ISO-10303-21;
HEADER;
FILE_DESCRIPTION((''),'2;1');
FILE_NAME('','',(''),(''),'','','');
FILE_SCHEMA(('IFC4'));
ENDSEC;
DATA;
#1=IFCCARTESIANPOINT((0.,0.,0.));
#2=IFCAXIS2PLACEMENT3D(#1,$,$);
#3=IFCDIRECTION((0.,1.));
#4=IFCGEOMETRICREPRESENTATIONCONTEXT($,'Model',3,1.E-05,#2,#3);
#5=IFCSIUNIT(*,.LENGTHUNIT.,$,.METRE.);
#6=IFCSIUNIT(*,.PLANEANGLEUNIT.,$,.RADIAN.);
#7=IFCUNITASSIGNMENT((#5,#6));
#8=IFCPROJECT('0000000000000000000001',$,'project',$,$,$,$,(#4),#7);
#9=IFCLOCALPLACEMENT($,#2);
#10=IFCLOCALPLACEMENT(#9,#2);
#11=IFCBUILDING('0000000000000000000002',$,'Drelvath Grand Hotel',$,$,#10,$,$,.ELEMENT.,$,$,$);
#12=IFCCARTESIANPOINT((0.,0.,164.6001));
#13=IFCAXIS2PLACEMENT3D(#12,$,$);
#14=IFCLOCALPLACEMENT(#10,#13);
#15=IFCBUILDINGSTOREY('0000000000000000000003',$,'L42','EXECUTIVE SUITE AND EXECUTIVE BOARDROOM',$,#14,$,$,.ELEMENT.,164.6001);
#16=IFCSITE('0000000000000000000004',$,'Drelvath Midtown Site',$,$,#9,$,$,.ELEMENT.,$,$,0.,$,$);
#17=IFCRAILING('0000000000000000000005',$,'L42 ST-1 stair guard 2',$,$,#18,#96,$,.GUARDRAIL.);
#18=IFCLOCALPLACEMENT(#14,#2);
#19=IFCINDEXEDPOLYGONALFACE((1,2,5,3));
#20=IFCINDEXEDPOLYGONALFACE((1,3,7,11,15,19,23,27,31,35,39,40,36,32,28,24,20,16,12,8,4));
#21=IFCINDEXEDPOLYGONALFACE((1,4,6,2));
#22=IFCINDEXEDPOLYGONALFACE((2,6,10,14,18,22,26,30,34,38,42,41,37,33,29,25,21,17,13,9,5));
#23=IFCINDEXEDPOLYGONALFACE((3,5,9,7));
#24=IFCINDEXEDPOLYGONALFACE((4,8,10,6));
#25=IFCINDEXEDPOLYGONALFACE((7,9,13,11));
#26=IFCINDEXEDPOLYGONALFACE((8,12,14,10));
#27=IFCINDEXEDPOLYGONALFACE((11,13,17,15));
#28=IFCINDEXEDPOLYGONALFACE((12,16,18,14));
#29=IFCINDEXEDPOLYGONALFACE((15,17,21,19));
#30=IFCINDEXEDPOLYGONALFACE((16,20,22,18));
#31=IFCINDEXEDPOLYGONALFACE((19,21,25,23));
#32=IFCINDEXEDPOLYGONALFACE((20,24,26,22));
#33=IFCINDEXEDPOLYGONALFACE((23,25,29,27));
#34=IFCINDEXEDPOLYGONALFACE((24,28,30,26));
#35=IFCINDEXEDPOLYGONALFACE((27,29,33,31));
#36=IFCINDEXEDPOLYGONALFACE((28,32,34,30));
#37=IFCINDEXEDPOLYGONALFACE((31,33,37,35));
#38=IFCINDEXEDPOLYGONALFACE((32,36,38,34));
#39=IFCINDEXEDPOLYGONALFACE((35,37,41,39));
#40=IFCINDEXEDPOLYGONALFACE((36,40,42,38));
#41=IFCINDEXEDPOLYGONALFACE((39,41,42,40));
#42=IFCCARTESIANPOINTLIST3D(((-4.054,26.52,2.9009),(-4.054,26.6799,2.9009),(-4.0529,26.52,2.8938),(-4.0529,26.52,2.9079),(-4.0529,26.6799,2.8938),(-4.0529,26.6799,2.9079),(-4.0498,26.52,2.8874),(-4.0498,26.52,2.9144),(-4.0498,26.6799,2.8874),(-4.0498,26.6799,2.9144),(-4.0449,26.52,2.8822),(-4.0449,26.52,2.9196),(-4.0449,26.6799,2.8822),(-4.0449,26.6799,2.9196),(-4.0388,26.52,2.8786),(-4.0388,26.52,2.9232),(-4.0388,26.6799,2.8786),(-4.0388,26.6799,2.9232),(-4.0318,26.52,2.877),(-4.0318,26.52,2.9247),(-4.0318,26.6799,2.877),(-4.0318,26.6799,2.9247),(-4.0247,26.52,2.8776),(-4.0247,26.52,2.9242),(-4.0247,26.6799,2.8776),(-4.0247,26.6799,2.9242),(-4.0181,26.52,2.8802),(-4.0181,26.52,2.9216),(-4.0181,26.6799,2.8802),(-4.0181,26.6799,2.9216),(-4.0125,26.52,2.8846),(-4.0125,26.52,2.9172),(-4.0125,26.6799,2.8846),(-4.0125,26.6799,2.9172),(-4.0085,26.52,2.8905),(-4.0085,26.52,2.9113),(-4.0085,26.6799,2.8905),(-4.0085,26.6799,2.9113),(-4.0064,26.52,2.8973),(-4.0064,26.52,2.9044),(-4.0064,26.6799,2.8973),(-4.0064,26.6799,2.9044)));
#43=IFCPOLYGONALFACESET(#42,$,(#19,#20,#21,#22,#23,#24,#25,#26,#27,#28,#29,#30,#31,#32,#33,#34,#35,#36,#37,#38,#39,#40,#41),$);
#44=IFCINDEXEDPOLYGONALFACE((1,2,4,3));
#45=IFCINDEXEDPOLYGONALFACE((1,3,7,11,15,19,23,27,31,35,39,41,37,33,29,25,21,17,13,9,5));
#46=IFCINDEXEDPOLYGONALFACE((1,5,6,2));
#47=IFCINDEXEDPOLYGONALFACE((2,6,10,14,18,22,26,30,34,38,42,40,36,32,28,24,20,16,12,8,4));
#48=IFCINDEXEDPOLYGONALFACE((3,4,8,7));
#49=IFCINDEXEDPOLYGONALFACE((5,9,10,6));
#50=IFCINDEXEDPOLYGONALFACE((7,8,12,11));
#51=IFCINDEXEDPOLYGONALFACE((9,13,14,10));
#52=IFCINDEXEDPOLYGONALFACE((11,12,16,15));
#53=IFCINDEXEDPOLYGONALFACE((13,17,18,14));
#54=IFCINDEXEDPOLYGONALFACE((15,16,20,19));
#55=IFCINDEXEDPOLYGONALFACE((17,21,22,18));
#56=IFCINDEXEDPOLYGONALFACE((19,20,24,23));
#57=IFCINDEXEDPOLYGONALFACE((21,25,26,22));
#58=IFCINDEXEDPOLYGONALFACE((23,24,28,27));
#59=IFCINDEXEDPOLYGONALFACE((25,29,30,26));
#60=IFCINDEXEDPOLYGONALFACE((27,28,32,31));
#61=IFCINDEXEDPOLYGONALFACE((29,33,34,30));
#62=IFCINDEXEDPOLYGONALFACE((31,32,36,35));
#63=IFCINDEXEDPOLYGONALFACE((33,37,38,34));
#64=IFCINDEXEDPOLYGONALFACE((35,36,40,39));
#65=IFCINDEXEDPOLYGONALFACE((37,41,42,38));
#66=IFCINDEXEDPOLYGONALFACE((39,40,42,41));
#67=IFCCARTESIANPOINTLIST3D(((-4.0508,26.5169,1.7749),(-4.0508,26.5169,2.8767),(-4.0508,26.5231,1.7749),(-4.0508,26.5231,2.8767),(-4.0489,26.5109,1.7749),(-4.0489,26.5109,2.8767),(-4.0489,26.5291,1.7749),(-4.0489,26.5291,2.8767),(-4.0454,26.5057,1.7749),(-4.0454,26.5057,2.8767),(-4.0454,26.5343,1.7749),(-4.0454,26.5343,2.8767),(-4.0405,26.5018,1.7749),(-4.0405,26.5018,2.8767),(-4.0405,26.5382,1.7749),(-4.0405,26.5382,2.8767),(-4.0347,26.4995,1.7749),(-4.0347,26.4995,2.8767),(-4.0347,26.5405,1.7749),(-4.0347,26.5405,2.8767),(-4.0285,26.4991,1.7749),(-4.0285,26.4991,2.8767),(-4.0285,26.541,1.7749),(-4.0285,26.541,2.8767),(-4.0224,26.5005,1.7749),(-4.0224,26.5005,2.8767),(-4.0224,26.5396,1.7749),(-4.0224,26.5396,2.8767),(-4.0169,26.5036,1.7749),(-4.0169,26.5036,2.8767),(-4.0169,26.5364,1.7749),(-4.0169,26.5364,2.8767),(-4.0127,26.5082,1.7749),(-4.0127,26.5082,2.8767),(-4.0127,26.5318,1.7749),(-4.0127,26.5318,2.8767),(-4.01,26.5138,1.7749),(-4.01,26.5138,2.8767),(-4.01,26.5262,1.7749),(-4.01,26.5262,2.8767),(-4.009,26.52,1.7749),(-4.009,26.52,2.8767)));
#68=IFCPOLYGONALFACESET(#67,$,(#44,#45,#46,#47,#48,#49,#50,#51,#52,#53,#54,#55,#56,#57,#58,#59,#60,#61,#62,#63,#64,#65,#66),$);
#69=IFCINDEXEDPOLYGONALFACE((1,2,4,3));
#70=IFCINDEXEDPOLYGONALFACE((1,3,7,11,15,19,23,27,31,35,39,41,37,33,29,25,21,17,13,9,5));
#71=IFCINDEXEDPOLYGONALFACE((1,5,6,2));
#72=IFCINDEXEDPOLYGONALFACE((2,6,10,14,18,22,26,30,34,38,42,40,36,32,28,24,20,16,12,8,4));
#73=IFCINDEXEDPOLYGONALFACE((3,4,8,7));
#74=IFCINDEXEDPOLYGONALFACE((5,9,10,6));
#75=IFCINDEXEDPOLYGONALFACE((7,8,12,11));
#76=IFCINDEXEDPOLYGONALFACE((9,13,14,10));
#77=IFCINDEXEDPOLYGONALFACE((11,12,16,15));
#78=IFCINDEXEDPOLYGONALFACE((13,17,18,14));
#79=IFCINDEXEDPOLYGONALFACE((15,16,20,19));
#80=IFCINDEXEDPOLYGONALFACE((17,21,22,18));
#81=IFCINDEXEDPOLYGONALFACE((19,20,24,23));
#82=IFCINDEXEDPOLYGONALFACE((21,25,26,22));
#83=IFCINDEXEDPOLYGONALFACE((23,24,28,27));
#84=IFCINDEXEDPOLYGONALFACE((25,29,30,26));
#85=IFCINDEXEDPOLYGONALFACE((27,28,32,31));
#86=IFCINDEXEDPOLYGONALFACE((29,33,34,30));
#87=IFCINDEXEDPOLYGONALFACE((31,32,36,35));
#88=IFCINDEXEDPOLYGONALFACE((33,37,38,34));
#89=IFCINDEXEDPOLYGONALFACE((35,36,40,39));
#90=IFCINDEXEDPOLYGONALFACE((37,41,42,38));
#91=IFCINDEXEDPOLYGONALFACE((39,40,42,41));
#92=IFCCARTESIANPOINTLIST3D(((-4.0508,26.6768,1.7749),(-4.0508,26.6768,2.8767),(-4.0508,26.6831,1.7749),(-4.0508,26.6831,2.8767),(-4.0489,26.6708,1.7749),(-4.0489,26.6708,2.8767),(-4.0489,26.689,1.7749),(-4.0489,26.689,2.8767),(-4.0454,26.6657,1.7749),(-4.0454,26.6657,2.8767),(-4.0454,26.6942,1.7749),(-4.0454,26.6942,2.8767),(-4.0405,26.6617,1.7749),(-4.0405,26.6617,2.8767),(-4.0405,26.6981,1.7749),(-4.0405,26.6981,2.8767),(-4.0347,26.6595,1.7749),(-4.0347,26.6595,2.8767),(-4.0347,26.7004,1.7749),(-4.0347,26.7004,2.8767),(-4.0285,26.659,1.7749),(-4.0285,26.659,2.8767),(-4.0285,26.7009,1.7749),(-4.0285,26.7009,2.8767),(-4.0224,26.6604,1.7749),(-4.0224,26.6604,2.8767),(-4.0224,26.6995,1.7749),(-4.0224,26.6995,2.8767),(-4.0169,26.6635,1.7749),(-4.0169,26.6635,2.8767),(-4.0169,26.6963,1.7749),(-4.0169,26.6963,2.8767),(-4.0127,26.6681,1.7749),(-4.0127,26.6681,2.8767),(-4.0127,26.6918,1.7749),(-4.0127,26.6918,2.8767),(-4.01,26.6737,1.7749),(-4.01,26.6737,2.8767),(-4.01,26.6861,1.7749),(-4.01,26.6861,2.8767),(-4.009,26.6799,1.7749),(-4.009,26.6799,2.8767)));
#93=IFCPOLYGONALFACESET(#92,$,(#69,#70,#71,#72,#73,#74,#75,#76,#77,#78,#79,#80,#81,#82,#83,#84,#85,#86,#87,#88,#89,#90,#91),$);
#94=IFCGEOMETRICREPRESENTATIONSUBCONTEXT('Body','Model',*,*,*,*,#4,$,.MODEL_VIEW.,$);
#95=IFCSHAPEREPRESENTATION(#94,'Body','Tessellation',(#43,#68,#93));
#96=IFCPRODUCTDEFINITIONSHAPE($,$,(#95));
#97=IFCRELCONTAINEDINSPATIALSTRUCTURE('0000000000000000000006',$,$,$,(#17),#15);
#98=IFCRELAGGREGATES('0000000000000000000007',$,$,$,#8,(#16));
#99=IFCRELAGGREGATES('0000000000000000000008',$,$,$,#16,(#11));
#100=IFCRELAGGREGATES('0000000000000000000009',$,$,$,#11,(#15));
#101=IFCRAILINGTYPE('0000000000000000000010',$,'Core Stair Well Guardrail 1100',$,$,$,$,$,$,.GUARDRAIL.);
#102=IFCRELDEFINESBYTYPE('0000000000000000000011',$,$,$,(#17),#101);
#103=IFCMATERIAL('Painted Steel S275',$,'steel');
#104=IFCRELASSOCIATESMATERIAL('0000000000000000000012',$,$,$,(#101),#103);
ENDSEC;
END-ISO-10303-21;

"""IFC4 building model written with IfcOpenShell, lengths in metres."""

from ifc_helpers import new_model, si_unit, direction, frame, origin, origin_2d, place, context, subcontext, project, spatial, circle, extrude, material, type_object, element, save


model = new_model("IFC4")

# Units and contexts
model_context = context("Model", 3, precision=1e-05, world=origin(), true_north=direction((0.0, 1.0)))
body_context = subcontext(model_context, "Body", "Model", "MODEL_VIEW")
ifc_project = project(units=[si_unit("LENGTHUNIT", "METRE"), si_unit("PLANEANGLEUNIT", "RADIAN")], contexts=[model_context])

# Site, building, storey
site_placement = place(None, origin())
site = spatial("IfcSite", under=ifc_project, at=site_placement, Name="Drelvath Midtown Site", CompositionType="ELEMENT", RefElevation=0.0)
building_placement = place(site_placement, origin())
building = spatial("IfcBuilding", under=site, at=building_placement, Name="Drelvath Grand Hotel", CompositionType="ELEMENT")
storey_placement = place(building_placement, frame((0.0, 0.0, 164.6001)))
storey = spatial("IfcBuildingStorey", under=building, at=storey_placement, Name="L42", Description="EXECUTIVE SUITE AND EXECUTIVE BOARDROOM", CompositionType="ELEMENT", Elevation=164.6001)

# Railing
ifc_material_1 = material(Name="Painted Steel S275", Category="steel")
railing_type_1 = type_object("IfcRailingType", Name="Core Stair Well Guardrail 1100", PredefinedType="GUARDRAIL", material=ifc_material_1)
railing_1_placement = place(storey_placement, frame((-4.03, 26.52, 1.7749)))
element("IfcRailing", 1, at=railing_1_placement, inside=storey, type_object=railing_type_1, Name="L42 ST-1 stair guard 2", PredefinedType="GUARDRAIL", context=body_context, shape_type="SweptSolid", body=[
    extrude(circle(Radius=0.0239, at=origin_2d()), frame((0.0, 0.0, 1.126), z_axis=(0.0, 1.0, 0.0), x_axis=(-1.0, 0.0, 0.0)), (0.0, 0.0, 1.0), 0.1599),
    extrude(circle(Radius=0.021, at=origin_2d()), origin(), (0.0, 0.0, 1.0), 1.1018),
    extrude(circle(Radius=0.021, at=origin_2d()), frame((0.0, 0.1599, 0.0)), (0.0, 0.0, 1.0), 1.1018),
])

save(model, "model.ifc")
